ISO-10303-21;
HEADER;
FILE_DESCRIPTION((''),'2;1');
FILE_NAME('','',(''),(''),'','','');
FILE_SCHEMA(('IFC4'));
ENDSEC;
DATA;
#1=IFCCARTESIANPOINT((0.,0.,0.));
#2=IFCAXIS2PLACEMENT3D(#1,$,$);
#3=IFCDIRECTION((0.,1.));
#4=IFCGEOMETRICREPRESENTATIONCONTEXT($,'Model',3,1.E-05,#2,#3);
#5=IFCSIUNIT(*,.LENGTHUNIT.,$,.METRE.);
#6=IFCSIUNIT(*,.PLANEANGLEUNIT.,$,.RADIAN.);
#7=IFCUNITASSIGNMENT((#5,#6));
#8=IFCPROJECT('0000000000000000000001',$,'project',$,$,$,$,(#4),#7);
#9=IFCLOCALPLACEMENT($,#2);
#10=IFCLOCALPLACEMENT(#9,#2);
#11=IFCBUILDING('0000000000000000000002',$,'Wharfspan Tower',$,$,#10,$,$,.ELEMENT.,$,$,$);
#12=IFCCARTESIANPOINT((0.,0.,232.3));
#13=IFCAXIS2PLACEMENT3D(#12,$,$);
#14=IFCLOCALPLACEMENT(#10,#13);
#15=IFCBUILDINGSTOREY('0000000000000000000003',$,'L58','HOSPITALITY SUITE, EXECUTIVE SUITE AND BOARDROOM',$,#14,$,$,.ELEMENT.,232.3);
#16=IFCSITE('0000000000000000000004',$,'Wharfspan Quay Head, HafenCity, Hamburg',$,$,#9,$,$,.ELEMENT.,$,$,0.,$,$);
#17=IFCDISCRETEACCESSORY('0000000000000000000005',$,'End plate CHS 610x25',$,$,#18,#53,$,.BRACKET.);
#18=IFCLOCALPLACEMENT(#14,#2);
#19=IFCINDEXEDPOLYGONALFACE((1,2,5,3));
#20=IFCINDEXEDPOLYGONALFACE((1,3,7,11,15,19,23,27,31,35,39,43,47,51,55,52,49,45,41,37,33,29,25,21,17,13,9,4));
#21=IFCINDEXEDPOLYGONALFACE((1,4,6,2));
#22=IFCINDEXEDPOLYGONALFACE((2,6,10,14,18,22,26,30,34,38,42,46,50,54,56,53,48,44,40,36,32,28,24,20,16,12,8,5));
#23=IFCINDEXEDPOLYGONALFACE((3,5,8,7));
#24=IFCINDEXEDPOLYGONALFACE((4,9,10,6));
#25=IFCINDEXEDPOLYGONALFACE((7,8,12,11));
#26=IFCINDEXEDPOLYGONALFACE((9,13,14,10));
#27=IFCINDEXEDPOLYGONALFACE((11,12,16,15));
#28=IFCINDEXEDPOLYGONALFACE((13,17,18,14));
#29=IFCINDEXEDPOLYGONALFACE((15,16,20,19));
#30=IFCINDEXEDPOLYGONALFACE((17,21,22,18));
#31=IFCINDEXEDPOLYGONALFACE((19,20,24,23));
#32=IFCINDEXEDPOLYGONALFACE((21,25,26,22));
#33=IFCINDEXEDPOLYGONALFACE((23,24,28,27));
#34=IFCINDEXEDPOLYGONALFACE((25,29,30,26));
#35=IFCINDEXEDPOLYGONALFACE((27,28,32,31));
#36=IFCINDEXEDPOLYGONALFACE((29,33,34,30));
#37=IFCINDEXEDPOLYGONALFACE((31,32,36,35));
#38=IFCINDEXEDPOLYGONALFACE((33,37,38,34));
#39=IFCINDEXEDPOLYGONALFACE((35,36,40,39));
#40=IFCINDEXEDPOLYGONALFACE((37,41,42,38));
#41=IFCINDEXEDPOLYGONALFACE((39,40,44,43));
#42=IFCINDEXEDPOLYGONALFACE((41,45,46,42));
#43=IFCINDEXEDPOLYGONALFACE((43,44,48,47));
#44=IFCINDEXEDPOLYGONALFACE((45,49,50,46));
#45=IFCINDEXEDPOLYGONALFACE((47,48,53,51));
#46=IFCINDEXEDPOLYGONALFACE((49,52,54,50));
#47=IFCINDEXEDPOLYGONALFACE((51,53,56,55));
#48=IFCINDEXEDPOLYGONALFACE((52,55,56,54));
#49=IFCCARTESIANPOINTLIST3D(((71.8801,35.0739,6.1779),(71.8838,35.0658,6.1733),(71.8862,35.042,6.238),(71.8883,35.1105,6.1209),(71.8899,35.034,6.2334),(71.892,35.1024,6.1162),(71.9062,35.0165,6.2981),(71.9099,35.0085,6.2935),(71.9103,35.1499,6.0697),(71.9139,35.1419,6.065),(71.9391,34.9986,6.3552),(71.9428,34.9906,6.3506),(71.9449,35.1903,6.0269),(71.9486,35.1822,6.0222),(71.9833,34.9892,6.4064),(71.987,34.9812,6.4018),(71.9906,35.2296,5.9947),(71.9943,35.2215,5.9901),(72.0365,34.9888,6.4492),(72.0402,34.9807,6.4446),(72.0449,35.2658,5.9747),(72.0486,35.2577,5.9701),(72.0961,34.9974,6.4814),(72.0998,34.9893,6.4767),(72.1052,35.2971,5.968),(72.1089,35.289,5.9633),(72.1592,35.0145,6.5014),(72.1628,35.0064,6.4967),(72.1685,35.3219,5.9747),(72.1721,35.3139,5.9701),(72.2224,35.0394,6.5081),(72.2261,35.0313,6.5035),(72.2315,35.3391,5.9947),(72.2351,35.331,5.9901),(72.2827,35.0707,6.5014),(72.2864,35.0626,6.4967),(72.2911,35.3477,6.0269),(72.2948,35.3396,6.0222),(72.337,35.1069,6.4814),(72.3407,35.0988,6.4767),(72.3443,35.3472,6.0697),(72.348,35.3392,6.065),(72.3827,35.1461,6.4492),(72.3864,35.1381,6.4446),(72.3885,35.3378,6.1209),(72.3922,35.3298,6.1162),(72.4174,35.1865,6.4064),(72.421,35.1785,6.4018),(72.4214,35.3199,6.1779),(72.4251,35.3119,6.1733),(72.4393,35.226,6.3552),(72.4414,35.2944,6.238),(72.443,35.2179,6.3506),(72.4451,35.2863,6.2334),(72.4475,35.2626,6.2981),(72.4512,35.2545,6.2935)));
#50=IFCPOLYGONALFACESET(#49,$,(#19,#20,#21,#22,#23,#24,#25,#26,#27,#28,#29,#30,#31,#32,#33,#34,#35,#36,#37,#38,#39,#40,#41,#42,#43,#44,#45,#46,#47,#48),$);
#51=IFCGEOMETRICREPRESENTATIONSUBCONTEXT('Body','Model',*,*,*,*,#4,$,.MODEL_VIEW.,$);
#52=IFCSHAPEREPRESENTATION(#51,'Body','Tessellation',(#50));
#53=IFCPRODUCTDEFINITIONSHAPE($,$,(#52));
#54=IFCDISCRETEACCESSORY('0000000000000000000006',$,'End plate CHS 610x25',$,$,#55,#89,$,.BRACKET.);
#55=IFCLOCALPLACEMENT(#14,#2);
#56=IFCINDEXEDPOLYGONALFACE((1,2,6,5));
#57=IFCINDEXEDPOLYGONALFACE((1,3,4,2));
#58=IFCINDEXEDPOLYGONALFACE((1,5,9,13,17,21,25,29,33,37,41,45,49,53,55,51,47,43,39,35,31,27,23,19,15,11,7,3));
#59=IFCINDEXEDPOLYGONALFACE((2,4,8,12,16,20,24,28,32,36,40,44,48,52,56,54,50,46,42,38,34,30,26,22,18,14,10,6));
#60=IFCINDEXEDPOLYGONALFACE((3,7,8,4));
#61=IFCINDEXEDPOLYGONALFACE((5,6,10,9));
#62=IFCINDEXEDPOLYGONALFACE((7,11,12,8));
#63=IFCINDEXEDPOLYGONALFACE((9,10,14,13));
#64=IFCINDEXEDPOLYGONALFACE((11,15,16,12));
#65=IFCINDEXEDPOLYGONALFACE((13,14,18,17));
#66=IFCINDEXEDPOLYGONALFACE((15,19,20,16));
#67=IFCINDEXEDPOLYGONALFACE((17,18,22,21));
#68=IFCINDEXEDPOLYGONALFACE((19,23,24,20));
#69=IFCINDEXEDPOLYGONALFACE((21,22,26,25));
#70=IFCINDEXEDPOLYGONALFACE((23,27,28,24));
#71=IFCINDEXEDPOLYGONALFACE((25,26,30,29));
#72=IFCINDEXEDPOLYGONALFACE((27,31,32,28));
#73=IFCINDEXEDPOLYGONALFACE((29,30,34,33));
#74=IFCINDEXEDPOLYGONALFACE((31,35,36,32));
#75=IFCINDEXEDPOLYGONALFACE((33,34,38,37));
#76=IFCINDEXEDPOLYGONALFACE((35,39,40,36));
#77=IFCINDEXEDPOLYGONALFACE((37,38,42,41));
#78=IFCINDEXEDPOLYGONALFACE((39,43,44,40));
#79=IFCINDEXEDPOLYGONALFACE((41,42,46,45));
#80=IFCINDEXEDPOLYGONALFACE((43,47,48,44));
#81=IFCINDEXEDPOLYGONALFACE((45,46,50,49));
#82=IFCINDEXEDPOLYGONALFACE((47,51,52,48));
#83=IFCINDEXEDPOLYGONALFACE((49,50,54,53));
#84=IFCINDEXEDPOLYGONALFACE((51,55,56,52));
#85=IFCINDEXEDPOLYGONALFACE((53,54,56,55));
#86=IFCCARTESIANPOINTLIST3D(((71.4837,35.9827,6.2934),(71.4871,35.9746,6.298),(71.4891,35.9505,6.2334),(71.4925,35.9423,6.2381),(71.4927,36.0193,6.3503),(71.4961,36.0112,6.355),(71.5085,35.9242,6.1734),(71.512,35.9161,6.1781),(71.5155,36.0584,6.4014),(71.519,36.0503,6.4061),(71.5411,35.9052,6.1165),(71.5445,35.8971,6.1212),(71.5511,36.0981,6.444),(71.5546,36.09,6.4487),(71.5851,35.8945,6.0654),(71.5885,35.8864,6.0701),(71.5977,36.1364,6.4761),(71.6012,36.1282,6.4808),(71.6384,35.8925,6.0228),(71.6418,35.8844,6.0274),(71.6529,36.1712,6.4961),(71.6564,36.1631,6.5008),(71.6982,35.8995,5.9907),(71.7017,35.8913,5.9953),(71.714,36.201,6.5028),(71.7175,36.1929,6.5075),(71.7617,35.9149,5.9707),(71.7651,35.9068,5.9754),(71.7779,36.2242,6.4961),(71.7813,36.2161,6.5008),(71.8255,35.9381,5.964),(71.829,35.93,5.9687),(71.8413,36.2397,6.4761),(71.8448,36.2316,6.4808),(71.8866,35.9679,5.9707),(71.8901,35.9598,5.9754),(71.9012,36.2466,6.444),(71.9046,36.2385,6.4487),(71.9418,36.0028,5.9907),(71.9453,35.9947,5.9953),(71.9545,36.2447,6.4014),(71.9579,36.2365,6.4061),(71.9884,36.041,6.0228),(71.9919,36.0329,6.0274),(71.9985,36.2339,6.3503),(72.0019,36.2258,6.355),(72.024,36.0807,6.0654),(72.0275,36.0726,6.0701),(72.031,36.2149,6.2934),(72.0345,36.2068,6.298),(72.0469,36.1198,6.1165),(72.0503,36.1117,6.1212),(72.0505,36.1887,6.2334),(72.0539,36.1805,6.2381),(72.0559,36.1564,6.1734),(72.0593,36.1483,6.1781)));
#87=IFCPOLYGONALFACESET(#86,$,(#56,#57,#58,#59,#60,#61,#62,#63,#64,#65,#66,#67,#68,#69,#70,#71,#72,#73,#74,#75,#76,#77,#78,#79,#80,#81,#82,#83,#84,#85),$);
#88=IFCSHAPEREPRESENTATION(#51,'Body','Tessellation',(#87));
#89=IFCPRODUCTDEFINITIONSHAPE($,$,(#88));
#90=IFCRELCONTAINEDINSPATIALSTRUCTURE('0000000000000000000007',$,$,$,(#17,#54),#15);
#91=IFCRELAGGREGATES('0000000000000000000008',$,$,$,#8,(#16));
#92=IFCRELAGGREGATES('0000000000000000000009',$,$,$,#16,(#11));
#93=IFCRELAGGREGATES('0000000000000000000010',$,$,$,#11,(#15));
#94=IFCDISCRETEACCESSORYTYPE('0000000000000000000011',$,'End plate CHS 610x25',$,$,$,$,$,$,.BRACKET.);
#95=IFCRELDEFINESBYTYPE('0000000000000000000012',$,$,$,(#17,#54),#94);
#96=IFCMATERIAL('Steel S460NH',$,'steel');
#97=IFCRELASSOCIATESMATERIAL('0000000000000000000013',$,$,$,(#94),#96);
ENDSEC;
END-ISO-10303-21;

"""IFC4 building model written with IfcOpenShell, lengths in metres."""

from ifc_helpers import new_model, si_unit, direction, frame, origin, origin_2d, place, context, subcontext, project, spatial, circle, extrude, material, material_profile, profile_set, type_object, element, save


model = new_model("IFC4")

# Units and contexts
model_context = context("Model", 3, precision=1e-05, world=origin(), true_north=direction((0.0, 1.0)))
body_context = subcontext(model_context, "Body", "Model", "MODEL_VIEW")
ifc_project = project(units=[si_unit("LENGTHUNIT", "METRE"), si_unit("PLANEANGLEUNIT", "RADIAN")], contexts=[model_context])

# Site, building, storey
site_placement = place(None, origin())
site = spatial("IfcSite", under=ifc_project, at=site_placement, Name="Wharfspan Quay Head, HafenCity, Hamburg", CompositionType="ELEMENT", RefElevation=0.0)
building_placement = place(site_placement, origin())
building = spatial("IfcBuilding", under=site, at=building_placement, Name="Wharfspan Tower", CompositionType="ELEMENT")
storey_placement = place(building_placement, frame((0.0, 0.0, 232.3)))
storey = spatial("IfcBuildingStorey", under=building, at=storey_placement, Name="L58", Description="HOSPITALITY SUITE, EXECUTIVE SUITE AND BOARDROOM", CompositionType="ELEMENT", Elevation=232.3)

# Shared definitions
ifc_material_1 = material(Name="Steel S460NH", Category="steel")

# Discrete accessories
ifc_material_profile_1 = material_profile(ifc_material_1, circle(Radius=0.3049, at=origin_2d()))
ifc_profile_set_1 = profile_set([ifc_material_profile_1], Name="Steel S460NH")
discrete_accessory_type = type_object("IfcDiscreteAccessoryType", Name="End plate CHS 610x25", PredefinedType="BRACKET", material=ifc_profile_set_1)
for number, where, z_axis, x_axis, name in (
    (1, (72.1675, 35.1602, 6.2334), (-0.366508, 0.806318, 0.464244), (-0.910368, -0.413804, 0.000001), "End plate CHS 610x25"),
    (2, (71.7698, 36.0696, 6.2334), (0.345075, -0.81339, 0.468316), (0.920586, 0.390551, -0.000002), "End plate CHS 610x25"),
):
    element("IfcDiscreteAccessory", number, at=place(storey_placement, frame(where, z_axis=z_axis, x_axis=x_axis)), inside=storey, type_object=discrete_accessory_type, Name=name, PredefinedType="BRACKET", context=body_context, shape_type="SweptSolid", body=[
        extrude(circle(Radius=0.3049, at=origin_2d()), origin(), (0.0, 0.0, 1.0), 0.01),
    ])

save(model, "model.ifc")
